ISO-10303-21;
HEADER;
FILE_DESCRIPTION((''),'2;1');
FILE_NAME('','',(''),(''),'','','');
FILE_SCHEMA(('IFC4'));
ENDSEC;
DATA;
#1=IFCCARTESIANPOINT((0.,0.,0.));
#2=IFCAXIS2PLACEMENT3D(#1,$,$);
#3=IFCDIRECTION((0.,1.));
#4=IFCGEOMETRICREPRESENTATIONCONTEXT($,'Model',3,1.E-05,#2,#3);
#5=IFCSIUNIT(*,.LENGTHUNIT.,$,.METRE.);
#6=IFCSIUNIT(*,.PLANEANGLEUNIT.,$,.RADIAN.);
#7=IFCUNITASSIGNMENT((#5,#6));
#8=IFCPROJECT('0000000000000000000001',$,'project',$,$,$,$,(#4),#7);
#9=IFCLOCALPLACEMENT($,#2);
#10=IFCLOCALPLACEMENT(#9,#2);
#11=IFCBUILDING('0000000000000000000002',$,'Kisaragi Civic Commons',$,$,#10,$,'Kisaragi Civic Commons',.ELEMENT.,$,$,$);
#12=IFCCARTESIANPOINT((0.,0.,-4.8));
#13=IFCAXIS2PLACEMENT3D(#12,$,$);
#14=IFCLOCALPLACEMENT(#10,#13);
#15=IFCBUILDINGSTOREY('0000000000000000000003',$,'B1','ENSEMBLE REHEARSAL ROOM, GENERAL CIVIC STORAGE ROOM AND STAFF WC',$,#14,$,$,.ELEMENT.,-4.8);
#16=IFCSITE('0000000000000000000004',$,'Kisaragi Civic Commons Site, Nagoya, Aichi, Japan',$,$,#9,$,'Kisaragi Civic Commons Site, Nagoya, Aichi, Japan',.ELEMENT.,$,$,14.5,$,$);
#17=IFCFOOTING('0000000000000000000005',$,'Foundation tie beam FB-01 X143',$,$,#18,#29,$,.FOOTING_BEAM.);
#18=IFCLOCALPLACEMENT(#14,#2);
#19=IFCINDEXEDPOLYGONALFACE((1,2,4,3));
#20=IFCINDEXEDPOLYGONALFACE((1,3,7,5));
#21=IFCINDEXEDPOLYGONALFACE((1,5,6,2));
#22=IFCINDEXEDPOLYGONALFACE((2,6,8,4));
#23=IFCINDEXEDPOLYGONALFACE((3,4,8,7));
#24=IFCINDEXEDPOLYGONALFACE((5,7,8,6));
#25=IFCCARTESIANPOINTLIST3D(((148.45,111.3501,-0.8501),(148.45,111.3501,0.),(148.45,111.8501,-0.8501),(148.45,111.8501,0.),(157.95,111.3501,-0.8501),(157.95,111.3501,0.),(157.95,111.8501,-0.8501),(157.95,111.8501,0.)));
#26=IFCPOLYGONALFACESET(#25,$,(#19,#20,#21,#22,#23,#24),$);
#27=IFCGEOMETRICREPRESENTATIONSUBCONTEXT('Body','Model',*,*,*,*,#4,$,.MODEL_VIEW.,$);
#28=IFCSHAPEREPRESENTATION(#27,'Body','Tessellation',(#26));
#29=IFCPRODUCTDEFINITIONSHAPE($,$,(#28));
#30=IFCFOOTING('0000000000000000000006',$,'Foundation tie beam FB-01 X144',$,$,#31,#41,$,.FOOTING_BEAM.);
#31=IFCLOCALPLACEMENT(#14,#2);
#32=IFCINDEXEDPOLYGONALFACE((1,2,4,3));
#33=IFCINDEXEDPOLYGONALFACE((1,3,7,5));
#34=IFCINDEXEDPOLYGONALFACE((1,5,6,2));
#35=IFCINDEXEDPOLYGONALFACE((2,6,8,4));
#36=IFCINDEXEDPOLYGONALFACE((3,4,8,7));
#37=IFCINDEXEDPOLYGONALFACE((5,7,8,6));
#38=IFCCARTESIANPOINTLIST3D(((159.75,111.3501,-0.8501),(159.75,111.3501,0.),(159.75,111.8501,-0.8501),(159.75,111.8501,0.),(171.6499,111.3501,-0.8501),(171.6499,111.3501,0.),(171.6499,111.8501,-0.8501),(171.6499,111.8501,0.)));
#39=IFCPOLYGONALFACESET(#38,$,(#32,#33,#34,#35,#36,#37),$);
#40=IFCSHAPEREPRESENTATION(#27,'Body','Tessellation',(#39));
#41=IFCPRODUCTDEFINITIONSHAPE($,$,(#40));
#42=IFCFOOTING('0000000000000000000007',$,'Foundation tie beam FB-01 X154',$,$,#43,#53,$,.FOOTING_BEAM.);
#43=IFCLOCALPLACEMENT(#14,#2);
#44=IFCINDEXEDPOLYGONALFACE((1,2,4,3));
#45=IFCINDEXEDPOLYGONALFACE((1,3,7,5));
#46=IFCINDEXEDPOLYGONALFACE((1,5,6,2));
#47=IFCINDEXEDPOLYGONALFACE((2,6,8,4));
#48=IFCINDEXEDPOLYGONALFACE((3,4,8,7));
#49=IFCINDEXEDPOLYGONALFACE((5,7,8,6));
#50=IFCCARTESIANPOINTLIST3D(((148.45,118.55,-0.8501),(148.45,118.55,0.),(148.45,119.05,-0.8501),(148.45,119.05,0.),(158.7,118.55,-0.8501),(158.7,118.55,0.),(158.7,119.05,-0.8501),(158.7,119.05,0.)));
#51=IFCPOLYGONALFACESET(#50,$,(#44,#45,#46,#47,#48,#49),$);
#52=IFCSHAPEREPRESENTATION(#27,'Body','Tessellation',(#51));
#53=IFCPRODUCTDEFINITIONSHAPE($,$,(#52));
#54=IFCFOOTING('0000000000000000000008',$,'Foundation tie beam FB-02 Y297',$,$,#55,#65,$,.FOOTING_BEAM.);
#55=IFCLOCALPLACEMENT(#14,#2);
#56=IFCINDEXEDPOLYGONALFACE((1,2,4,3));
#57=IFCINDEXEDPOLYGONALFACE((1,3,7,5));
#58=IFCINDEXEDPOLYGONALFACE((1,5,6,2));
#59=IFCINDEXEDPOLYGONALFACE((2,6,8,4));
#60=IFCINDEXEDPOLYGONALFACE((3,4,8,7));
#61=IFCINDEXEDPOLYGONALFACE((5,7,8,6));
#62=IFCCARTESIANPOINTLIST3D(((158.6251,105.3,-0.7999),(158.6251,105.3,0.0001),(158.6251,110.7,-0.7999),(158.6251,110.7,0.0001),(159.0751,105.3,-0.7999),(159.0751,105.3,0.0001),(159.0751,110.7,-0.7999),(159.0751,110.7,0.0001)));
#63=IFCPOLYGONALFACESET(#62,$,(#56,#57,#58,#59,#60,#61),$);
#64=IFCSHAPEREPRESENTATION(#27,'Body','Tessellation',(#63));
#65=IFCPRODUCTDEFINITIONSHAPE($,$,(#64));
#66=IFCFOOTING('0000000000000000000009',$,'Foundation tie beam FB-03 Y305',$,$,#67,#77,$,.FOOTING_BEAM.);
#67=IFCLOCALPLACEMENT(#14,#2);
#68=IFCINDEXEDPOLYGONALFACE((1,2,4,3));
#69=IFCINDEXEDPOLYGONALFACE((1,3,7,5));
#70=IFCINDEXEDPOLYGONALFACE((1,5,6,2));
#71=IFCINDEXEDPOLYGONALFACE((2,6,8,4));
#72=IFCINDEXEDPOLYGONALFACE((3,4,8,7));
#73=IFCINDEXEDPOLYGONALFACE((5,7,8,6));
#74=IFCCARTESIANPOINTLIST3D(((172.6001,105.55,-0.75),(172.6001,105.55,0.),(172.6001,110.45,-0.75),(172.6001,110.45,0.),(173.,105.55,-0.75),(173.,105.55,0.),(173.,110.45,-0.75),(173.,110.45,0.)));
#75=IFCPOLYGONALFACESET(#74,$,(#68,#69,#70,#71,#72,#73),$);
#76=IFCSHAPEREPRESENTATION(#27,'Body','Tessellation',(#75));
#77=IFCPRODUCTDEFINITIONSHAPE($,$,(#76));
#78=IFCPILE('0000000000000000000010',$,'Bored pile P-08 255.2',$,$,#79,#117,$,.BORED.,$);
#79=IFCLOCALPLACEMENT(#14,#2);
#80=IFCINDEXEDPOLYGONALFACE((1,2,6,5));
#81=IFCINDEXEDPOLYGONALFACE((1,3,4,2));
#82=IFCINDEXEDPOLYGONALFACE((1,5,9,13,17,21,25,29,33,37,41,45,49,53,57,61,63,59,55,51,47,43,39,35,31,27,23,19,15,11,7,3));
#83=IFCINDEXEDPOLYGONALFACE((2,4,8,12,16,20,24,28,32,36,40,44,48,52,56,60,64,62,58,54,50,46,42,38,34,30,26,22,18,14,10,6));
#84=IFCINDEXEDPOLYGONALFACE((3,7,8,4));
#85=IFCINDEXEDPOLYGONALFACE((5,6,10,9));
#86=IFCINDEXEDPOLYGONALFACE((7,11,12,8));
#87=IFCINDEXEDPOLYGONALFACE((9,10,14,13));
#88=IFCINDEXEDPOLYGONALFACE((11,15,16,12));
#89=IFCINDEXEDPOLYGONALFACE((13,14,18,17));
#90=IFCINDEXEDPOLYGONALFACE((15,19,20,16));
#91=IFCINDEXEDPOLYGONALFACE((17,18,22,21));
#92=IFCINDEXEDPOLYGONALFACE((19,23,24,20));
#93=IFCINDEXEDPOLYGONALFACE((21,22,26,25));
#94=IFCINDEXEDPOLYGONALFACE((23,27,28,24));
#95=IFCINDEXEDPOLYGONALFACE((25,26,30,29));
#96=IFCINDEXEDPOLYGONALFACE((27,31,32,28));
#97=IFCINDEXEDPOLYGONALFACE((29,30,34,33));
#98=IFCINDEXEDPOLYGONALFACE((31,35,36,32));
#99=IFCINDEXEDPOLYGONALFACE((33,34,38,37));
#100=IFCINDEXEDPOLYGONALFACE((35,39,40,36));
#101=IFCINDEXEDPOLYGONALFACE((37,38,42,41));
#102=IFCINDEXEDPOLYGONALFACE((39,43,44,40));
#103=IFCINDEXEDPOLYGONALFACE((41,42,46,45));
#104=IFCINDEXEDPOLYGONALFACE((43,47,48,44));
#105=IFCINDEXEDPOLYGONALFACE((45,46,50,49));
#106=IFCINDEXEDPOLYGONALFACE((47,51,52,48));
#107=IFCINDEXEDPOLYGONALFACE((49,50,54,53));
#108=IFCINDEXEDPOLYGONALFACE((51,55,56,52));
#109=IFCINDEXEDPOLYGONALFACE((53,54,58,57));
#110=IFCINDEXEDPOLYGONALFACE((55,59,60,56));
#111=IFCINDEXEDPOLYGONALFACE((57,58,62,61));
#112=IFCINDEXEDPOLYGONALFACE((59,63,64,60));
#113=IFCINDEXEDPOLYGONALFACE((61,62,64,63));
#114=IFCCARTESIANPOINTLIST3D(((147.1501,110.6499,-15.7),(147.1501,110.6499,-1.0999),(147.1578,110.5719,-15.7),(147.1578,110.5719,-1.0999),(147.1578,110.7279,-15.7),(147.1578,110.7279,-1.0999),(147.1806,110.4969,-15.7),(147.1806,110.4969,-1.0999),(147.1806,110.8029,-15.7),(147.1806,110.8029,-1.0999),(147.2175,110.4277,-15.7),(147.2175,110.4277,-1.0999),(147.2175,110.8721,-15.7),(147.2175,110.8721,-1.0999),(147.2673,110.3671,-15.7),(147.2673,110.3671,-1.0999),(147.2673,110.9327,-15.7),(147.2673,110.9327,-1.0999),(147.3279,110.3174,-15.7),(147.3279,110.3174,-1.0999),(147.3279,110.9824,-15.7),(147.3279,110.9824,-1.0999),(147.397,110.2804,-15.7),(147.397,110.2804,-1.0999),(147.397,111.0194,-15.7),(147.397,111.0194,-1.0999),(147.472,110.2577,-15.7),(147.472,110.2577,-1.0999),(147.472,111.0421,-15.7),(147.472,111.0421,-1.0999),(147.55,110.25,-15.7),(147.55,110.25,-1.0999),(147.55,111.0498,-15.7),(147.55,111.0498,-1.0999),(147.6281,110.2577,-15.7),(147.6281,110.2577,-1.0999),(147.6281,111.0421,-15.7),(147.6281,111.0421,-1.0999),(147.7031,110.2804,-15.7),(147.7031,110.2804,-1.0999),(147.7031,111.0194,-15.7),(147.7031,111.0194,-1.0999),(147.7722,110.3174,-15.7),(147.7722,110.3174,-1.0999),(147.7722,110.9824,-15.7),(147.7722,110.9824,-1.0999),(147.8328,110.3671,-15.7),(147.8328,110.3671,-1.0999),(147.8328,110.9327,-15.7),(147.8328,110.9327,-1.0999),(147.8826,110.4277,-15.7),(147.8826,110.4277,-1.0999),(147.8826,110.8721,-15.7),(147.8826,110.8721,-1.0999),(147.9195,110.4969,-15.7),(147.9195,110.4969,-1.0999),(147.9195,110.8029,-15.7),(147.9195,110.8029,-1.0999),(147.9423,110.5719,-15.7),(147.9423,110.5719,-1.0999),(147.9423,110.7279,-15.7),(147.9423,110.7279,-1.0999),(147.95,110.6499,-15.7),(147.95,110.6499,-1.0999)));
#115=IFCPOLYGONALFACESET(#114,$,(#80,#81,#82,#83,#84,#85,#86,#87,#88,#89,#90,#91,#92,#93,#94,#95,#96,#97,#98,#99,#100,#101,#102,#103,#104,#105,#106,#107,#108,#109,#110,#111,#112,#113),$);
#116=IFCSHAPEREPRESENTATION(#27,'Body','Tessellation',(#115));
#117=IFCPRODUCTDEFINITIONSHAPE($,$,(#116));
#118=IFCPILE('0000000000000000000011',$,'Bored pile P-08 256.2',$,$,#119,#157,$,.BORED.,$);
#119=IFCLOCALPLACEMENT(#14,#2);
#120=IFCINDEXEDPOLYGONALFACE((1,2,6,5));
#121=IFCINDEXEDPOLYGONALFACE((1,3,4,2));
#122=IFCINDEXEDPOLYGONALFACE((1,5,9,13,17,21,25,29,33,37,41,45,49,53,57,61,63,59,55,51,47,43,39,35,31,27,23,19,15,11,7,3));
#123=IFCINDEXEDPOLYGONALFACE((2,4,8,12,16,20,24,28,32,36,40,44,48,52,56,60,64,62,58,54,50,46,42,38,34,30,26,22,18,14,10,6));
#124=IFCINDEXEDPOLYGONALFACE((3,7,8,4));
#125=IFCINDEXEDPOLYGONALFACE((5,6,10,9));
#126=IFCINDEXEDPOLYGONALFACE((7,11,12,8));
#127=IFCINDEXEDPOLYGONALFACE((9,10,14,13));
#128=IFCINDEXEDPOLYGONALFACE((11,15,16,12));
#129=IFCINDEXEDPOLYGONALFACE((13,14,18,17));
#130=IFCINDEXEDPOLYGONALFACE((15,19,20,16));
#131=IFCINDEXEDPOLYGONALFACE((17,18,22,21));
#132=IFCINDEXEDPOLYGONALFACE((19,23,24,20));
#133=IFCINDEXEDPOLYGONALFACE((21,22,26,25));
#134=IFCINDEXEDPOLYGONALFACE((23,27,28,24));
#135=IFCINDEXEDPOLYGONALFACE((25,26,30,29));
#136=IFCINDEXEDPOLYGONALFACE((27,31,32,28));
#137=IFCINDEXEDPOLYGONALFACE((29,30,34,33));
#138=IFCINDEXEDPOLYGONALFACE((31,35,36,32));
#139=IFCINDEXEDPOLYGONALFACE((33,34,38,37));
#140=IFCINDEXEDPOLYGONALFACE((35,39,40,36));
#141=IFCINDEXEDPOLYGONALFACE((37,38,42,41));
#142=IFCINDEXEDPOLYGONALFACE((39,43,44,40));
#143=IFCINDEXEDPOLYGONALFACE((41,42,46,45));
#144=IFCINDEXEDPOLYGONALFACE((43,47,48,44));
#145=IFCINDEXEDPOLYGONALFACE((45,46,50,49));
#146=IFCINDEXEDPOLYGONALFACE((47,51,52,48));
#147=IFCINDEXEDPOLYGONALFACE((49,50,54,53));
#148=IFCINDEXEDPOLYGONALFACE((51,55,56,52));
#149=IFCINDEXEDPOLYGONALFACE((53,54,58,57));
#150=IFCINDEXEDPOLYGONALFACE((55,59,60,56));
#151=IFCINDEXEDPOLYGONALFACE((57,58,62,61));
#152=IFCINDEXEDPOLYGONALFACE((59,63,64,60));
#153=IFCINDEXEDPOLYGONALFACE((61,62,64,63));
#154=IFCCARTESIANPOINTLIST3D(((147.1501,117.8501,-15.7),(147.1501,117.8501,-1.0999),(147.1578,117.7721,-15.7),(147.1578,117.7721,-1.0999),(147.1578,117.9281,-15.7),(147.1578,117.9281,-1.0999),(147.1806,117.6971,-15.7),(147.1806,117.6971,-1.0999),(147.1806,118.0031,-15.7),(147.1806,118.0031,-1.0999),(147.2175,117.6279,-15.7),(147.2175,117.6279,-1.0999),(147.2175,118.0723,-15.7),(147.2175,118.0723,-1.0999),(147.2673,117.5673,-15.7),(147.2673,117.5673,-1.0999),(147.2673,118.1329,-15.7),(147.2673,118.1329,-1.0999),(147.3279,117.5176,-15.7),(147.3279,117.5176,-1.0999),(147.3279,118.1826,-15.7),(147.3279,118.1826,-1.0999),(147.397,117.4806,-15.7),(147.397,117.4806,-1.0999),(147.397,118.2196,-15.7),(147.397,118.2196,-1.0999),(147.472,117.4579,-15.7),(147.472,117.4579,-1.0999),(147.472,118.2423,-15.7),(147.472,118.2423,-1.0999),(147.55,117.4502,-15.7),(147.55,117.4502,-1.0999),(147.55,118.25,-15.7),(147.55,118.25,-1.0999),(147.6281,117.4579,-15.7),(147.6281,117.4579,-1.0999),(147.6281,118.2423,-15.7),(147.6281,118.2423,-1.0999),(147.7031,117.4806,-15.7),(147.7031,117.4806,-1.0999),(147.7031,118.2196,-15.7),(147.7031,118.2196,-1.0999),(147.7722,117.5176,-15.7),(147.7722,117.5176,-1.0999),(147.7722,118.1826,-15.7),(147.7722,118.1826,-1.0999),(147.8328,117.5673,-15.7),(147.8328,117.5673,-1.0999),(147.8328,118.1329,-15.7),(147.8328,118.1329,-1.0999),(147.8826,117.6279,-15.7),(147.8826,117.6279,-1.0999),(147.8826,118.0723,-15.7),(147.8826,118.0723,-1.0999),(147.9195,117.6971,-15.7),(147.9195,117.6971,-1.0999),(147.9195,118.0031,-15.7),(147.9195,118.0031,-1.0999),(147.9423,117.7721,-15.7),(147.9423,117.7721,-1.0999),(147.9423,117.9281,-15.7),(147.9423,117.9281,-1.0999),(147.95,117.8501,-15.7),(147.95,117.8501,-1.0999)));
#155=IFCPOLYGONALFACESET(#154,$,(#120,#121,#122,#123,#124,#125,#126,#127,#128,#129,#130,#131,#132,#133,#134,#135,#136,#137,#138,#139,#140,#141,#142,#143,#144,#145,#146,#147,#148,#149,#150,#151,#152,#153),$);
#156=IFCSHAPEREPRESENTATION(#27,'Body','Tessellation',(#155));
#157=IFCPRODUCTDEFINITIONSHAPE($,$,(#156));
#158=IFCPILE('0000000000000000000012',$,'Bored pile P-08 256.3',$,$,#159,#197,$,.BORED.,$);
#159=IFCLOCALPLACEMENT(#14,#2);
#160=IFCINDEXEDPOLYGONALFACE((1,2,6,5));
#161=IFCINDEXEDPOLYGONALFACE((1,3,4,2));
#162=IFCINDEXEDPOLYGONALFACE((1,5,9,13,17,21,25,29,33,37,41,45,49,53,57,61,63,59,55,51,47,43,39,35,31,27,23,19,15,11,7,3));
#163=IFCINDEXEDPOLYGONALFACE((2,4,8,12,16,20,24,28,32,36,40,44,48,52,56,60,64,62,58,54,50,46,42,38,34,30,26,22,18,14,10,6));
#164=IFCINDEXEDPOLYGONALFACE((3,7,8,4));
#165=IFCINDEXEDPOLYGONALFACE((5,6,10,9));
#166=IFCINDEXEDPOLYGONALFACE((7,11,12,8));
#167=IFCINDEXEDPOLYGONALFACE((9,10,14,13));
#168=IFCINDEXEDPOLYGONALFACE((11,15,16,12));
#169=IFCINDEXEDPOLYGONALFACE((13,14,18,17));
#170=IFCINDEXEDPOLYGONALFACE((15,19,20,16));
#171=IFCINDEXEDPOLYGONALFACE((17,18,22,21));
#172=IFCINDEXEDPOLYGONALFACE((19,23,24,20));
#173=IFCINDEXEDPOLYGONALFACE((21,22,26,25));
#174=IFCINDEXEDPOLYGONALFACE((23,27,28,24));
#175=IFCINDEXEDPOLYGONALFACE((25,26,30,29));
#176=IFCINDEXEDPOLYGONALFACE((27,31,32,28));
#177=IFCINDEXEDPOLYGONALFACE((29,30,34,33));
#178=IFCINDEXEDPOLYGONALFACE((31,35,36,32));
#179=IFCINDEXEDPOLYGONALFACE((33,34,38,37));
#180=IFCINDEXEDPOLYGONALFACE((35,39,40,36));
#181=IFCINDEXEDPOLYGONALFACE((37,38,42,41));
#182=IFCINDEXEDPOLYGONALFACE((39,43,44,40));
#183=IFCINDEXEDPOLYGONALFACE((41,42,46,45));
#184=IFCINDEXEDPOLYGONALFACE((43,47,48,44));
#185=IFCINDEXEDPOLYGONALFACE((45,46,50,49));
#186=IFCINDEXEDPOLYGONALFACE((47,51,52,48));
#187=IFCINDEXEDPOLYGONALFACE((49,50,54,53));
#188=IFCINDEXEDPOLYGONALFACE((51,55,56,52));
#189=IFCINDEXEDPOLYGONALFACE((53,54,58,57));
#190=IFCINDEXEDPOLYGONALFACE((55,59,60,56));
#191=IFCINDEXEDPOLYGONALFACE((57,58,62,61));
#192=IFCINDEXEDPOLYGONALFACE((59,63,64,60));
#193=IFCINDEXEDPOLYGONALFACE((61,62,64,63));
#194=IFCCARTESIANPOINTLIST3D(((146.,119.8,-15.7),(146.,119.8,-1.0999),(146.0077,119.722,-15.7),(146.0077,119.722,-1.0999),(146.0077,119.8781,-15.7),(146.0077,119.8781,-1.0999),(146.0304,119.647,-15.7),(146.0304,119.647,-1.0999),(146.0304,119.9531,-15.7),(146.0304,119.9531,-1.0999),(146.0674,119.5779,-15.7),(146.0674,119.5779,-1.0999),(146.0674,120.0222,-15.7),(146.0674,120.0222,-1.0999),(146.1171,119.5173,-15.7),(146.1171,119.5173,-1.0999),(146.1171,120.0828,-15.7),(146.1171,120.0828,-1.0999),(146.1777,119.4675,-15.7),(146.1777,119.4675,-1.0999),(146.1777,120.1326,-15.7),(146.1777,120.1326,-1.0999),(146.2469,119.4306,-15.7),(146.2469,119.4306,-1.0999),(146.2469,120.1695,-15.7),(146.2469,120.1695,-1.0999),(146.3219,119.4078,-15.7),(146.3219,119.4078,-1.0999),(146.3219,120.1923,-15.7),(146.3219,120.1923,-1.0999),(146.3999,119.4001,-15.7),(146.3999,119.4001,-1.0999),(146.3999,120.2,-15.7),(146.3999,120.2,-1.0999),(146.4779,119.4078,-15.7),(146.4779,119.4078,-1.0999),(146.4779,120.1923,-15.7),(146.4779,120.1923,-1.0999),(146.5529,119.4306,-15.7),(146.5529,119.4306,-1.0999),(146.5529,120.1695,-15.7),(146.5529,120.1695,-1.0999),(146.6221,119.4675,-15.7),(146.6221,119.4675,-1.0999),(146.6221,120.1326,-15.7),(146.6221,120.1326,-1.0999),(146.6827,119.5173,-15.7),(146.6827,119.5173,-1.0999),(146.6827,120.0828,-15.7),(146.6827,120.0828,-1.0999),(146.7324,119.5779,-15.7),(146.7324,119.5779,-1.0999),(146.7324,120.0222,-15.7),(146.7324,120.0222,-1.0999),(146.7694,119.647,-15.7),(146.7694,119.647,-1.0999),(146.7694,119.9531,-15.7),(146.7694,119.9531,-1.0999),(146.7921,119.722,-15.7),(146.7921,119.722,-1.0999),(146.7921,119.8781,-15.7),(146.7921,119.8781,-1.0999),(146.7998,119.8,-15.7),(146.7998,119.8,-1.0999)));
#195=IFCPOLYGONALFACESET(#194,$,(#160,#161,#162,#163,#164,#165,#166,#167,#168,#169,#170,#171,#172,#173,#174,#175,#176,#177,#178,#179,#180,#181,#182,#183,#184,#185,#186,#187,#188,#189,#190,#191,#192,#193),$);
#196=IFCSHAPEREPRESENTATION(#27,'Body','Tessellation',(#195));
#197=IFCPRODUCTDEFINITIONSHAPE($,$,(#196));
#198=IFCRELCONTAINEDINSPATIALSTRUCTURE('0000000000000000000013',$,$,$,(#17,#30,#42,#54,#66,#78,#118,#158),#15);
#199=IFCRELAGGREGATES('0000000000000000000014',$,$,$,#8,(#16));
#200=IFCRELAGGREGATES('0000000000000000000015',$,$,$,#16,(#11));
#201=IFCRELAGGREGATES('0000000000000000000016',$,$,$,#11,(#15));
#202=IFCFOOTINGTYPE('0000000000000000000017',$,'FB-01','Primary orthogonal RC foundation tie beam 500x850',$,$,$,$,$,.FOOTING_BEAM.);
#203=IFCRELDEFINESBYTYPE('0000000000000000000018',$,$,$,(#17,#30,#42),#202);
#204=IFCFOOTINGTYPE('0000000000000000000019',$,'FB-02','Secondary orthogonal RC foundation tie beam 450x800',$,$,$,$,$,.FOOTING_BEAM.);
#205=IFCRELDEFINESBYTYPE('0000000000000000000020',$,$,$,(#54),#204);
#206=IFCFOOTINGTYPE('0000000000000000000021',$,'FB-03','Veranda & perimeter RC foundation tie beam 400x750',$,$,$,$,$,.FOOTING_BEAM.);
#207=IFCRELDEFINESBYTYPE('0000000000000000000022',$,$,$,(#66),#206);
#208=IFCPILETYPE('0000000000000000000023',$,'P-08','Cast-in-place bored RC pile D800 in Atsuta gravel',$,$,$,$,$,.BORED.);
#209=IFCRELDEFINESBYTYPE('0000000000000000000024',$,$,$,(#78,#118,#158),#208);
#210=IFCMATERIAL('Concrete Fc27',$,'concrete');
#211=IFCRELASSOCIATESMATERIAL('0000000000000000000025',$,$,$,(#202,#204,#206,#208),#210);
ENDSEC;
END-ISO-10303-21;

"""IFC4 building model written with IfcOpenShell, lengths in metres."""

from ifc_helpers import new_model, si_unit, direction, frame, origin, origin_2d, place, context, subcontext, project, spatial, rectangle, circle, extrude, material, material_profile, profile_set, type_object, element, save


model = new_model("IFC4")

# Units and contexts
model_context = context("Model", 3, precision=1e-05, world=origin(), true_north=direction((0.0, 1.0)))
body_context = subcontext(model_context, "Body", "Model", "MODEL_VIEW")
ifc_project = project(units=[si_unit("LENGTHUNIT", "METRE"), si_unit("PLANEANGLEUNIT", "RADIAN")], contexts=[model_context])

# Site, building, storey
site_placement = place(None, origin())
site = spatial("IfcSite", under=ifc_project, at=site_placement, Name="Kisaragi Civic Commons Site, Nagoya, Aichi, Japan", LongName="Kisaragi Civic Commons Site, Nagoya, Aichi, Japan", CompositionType="ELEMENT", RefElevation=14.5)
building_placement = place(site_placement, origin())
building = spatial("IfcBuilding", under=site, at=building_placement, Name="Kisaragi Civic Commons", LongName="Kisaragi Civic Commons", CompositionType="ELEMENT")
storey_placement = place(building_placement, frame((0.0, 0.0, -4.8)))
storey = spatial("IfcBuildingStorey", under=building, at=storey_placement, Name="B1", Description="ENSEMBLE REHEARSAL ROOM, GENERAL CIVIC STORAGE ROOM AND STAFF WC", CompositionType="ELEMENT", Elevation=-4.8)

# Footings
ifc_material_1 = material(Name="Concrete Fc27", Category="concrete")
ifc_material_profile_1 = material_profile(ifc_material_1, rectangle(XDim=0.5, YDim=0.8501, at=origin_2d()), Name="RC-500x850", Category="concrete")
ifc_profile_set_1 = profile_set([ifc_material_profile_1], Name="Concrete Fc27")
footing_type_1 = type_object("IfcFootingType", Name="FB-01", Description="Primary orthogonal RC foundation tie beam 500x850", PredefinedType="FOOTING_BEAM", material=ifc_profile_set_1)
footing_1_placement = place(storey_placement, frame((148.45, 111.6001, -0.425), z_axis=(1.0, 0.0, 0.0), x_axis=(0.0, 1.0, 0.0)))
element("IfcFooting", 1, at=footing_1_placement, inside=storey, type_object=footing_type_1, Name="Foundation tie beam FB-01 X143", PredefinedType="FOOTING_BEAM", context=body_context, shape_type="SweptSolid", body=[
    extrude(rectangle(XDim=0.5, YDim=0.8501, at=origin_2d()), origin(), (0.0, 0.0, 1.0), 9.5),
])
footing_2_placement = place(storey_placement, frame((159.75, 111.6001, -0.425), z_axis=(1.0, 0.0, 0.0), x_axis=(0.0, 1.0, 0.0)))
element("IfcFooting", 2, at=footing_2_placement, inside=storey, type_object=footing_type_1, Name="Foundation tie beam FB-01 X144", PredefinedType="FOOTING_BEAM", context=body_context, shape_type="SweptSolid", body=[
    extrude(rectangle(XDim=0.5, YDim=0.8501, at=origin_2d()), origin(), (0.0, 0.0, 1.0), 11.8999),
])
footing_3_placement = place(storey_placement, frame((148.45, 118.8, -0.425), z_axis=(1.0, 0.0, 0.0), x_axis=(0.0, 1.0, 0.0)))
element("IfcFooting", 3, at=footing_3_placement, inside=storey, type_object=footing_type_1, Name="Foundation tie beam FB-01 X154", PredefinedType="FOOTING_BEAM", context=body_context, shape_type="SweptSolid", body=[
    extrude(rectangle(XDim=0.5, YDim=0.8501, at=origin_2d()), origin(), (0.0, 0.0, 1.0), 10.25),
])
ifc_material_profile_2 = material_profile(ifc_material_1, rectangle(XDim=0.45, YDim=0.8, at=origin_2d()), Name="RC-450x800", Category="concrete")
ifc_profile_set_2 = profile_set([ifc_material_profile_2], Name="Concrete Fc27")
footing_type_2 = type_object("IfcFootingType", Name="FB-02", Description="Secondary orthogonal RC foundation tie beam 450x800", PredefinedType="FOOTING_BEAM", material=ifc_profile_set_2)
footing_4_placement = place(storey_placement, frame((158.8501, 105.3, -0.3999), z_axis=(0.0, 1.0, 0.0), x_axis=(-1.0, 0.0, 0.0)))
element("IfcFooting", 4, at=footing_4_placement, inside=storey, type_object=footing_type_2, Name="Foundation tie beam FB-02 Y297", PredefinedType="FOOTING_BEAM", context=body_context, shape_type="SweptSolid", body=[
    extrude(rectangle(XDim=0.45, YDim=0.8, at=origin_2d()), origin(), (0.0, 0.0, 1.0), 5.3999),
])
ifc_material_profile_3 = material_profile(ifc_material_1, rectangle(XDim=0.3999, YDim=0.75, at=origin_2d()), Name="RC-400x750", Category="concrete")
ifc_profile_set_3 = profile_set([ifc_material_profile_3], Name="Concrete Fc27")
footing_type_3 = type_object("IfcFootingType", Name="FB-03", Description="Veranda & perimeter RC foundation tie beam 400x750", PredefinedType="FOOTING_BEAM", material=ifc_profile_set_3)
footing_5_placement = place(storey_placement, frame((172.8, 105.55, -0.375), z_axis=(0.0, 1.0, 0.0), x_axis=(-1.0, 0.0, 0.0)))
element("IfcFooting", 5, at=footing_5_placement, inside=storey, type_object=footing_type_3, Name="Foundation tie beam FB-03 Y305", PredefinedType="FOOTING_BEAM", context=body_context, shape_type="SweptSolid", body=[
    extrude(rectangle(XDim=0.3999, YDim=0.75, at=origin_2d()), origin(), (0.0, 0.0, 1.0), 4.8999),
])

# Piles
ifc_material_profile_4 = material_profile(ifc_material_1, circle(Radius=0.3999, at=origin_2d()), Name="PILE-D800", Category="concrete")
ifc_profile_set_4 = profile_set([ifc_material_profile_4], Name="Concrete Fc27")
pile_type_1 = type_object("IfcPileType", Name="P-08", Description="Cast-in-place bored RC pile D800 in Atsuta gravel", PredefinedType="BORED", material=ifc_profile_set_4)
for number, where, z_axis, x_axis, name in (
    (6, (147.55, 110.6499, -1.0999), (0.0, 0.0, -1.0), (1.0, 0.0, 0.0), "Bored pile P-08 255.2"),
    (7, (147.55, 117.8501, -1.0999), (0.0, 0.0, -1.0), (1.0, 0.0, 0.0), "Bored pile P-08 256.2"),
    (8, (146.3999, 119.8, -1.0999), (0.0, 0.0, -1.0), (1.0, 0.0, 0.0), "Bored pile P-08 256.3"),
):
    element("IfcPile", number, at=place(storey_placement, frame(where, z_axis=z_axis, x_axis=x_axis)), inside=storey, type_object=pile_type_1, Name=name, PredefinedType="BORED", context=body_context, shape_type="SweptSolid", body=[
        extrude(circle(Radius=0.3999, at=origin_2d()), origin(), (0.0, 0.0, 1.0), 14.6001),
    ])

save(model, "model.ifc")
